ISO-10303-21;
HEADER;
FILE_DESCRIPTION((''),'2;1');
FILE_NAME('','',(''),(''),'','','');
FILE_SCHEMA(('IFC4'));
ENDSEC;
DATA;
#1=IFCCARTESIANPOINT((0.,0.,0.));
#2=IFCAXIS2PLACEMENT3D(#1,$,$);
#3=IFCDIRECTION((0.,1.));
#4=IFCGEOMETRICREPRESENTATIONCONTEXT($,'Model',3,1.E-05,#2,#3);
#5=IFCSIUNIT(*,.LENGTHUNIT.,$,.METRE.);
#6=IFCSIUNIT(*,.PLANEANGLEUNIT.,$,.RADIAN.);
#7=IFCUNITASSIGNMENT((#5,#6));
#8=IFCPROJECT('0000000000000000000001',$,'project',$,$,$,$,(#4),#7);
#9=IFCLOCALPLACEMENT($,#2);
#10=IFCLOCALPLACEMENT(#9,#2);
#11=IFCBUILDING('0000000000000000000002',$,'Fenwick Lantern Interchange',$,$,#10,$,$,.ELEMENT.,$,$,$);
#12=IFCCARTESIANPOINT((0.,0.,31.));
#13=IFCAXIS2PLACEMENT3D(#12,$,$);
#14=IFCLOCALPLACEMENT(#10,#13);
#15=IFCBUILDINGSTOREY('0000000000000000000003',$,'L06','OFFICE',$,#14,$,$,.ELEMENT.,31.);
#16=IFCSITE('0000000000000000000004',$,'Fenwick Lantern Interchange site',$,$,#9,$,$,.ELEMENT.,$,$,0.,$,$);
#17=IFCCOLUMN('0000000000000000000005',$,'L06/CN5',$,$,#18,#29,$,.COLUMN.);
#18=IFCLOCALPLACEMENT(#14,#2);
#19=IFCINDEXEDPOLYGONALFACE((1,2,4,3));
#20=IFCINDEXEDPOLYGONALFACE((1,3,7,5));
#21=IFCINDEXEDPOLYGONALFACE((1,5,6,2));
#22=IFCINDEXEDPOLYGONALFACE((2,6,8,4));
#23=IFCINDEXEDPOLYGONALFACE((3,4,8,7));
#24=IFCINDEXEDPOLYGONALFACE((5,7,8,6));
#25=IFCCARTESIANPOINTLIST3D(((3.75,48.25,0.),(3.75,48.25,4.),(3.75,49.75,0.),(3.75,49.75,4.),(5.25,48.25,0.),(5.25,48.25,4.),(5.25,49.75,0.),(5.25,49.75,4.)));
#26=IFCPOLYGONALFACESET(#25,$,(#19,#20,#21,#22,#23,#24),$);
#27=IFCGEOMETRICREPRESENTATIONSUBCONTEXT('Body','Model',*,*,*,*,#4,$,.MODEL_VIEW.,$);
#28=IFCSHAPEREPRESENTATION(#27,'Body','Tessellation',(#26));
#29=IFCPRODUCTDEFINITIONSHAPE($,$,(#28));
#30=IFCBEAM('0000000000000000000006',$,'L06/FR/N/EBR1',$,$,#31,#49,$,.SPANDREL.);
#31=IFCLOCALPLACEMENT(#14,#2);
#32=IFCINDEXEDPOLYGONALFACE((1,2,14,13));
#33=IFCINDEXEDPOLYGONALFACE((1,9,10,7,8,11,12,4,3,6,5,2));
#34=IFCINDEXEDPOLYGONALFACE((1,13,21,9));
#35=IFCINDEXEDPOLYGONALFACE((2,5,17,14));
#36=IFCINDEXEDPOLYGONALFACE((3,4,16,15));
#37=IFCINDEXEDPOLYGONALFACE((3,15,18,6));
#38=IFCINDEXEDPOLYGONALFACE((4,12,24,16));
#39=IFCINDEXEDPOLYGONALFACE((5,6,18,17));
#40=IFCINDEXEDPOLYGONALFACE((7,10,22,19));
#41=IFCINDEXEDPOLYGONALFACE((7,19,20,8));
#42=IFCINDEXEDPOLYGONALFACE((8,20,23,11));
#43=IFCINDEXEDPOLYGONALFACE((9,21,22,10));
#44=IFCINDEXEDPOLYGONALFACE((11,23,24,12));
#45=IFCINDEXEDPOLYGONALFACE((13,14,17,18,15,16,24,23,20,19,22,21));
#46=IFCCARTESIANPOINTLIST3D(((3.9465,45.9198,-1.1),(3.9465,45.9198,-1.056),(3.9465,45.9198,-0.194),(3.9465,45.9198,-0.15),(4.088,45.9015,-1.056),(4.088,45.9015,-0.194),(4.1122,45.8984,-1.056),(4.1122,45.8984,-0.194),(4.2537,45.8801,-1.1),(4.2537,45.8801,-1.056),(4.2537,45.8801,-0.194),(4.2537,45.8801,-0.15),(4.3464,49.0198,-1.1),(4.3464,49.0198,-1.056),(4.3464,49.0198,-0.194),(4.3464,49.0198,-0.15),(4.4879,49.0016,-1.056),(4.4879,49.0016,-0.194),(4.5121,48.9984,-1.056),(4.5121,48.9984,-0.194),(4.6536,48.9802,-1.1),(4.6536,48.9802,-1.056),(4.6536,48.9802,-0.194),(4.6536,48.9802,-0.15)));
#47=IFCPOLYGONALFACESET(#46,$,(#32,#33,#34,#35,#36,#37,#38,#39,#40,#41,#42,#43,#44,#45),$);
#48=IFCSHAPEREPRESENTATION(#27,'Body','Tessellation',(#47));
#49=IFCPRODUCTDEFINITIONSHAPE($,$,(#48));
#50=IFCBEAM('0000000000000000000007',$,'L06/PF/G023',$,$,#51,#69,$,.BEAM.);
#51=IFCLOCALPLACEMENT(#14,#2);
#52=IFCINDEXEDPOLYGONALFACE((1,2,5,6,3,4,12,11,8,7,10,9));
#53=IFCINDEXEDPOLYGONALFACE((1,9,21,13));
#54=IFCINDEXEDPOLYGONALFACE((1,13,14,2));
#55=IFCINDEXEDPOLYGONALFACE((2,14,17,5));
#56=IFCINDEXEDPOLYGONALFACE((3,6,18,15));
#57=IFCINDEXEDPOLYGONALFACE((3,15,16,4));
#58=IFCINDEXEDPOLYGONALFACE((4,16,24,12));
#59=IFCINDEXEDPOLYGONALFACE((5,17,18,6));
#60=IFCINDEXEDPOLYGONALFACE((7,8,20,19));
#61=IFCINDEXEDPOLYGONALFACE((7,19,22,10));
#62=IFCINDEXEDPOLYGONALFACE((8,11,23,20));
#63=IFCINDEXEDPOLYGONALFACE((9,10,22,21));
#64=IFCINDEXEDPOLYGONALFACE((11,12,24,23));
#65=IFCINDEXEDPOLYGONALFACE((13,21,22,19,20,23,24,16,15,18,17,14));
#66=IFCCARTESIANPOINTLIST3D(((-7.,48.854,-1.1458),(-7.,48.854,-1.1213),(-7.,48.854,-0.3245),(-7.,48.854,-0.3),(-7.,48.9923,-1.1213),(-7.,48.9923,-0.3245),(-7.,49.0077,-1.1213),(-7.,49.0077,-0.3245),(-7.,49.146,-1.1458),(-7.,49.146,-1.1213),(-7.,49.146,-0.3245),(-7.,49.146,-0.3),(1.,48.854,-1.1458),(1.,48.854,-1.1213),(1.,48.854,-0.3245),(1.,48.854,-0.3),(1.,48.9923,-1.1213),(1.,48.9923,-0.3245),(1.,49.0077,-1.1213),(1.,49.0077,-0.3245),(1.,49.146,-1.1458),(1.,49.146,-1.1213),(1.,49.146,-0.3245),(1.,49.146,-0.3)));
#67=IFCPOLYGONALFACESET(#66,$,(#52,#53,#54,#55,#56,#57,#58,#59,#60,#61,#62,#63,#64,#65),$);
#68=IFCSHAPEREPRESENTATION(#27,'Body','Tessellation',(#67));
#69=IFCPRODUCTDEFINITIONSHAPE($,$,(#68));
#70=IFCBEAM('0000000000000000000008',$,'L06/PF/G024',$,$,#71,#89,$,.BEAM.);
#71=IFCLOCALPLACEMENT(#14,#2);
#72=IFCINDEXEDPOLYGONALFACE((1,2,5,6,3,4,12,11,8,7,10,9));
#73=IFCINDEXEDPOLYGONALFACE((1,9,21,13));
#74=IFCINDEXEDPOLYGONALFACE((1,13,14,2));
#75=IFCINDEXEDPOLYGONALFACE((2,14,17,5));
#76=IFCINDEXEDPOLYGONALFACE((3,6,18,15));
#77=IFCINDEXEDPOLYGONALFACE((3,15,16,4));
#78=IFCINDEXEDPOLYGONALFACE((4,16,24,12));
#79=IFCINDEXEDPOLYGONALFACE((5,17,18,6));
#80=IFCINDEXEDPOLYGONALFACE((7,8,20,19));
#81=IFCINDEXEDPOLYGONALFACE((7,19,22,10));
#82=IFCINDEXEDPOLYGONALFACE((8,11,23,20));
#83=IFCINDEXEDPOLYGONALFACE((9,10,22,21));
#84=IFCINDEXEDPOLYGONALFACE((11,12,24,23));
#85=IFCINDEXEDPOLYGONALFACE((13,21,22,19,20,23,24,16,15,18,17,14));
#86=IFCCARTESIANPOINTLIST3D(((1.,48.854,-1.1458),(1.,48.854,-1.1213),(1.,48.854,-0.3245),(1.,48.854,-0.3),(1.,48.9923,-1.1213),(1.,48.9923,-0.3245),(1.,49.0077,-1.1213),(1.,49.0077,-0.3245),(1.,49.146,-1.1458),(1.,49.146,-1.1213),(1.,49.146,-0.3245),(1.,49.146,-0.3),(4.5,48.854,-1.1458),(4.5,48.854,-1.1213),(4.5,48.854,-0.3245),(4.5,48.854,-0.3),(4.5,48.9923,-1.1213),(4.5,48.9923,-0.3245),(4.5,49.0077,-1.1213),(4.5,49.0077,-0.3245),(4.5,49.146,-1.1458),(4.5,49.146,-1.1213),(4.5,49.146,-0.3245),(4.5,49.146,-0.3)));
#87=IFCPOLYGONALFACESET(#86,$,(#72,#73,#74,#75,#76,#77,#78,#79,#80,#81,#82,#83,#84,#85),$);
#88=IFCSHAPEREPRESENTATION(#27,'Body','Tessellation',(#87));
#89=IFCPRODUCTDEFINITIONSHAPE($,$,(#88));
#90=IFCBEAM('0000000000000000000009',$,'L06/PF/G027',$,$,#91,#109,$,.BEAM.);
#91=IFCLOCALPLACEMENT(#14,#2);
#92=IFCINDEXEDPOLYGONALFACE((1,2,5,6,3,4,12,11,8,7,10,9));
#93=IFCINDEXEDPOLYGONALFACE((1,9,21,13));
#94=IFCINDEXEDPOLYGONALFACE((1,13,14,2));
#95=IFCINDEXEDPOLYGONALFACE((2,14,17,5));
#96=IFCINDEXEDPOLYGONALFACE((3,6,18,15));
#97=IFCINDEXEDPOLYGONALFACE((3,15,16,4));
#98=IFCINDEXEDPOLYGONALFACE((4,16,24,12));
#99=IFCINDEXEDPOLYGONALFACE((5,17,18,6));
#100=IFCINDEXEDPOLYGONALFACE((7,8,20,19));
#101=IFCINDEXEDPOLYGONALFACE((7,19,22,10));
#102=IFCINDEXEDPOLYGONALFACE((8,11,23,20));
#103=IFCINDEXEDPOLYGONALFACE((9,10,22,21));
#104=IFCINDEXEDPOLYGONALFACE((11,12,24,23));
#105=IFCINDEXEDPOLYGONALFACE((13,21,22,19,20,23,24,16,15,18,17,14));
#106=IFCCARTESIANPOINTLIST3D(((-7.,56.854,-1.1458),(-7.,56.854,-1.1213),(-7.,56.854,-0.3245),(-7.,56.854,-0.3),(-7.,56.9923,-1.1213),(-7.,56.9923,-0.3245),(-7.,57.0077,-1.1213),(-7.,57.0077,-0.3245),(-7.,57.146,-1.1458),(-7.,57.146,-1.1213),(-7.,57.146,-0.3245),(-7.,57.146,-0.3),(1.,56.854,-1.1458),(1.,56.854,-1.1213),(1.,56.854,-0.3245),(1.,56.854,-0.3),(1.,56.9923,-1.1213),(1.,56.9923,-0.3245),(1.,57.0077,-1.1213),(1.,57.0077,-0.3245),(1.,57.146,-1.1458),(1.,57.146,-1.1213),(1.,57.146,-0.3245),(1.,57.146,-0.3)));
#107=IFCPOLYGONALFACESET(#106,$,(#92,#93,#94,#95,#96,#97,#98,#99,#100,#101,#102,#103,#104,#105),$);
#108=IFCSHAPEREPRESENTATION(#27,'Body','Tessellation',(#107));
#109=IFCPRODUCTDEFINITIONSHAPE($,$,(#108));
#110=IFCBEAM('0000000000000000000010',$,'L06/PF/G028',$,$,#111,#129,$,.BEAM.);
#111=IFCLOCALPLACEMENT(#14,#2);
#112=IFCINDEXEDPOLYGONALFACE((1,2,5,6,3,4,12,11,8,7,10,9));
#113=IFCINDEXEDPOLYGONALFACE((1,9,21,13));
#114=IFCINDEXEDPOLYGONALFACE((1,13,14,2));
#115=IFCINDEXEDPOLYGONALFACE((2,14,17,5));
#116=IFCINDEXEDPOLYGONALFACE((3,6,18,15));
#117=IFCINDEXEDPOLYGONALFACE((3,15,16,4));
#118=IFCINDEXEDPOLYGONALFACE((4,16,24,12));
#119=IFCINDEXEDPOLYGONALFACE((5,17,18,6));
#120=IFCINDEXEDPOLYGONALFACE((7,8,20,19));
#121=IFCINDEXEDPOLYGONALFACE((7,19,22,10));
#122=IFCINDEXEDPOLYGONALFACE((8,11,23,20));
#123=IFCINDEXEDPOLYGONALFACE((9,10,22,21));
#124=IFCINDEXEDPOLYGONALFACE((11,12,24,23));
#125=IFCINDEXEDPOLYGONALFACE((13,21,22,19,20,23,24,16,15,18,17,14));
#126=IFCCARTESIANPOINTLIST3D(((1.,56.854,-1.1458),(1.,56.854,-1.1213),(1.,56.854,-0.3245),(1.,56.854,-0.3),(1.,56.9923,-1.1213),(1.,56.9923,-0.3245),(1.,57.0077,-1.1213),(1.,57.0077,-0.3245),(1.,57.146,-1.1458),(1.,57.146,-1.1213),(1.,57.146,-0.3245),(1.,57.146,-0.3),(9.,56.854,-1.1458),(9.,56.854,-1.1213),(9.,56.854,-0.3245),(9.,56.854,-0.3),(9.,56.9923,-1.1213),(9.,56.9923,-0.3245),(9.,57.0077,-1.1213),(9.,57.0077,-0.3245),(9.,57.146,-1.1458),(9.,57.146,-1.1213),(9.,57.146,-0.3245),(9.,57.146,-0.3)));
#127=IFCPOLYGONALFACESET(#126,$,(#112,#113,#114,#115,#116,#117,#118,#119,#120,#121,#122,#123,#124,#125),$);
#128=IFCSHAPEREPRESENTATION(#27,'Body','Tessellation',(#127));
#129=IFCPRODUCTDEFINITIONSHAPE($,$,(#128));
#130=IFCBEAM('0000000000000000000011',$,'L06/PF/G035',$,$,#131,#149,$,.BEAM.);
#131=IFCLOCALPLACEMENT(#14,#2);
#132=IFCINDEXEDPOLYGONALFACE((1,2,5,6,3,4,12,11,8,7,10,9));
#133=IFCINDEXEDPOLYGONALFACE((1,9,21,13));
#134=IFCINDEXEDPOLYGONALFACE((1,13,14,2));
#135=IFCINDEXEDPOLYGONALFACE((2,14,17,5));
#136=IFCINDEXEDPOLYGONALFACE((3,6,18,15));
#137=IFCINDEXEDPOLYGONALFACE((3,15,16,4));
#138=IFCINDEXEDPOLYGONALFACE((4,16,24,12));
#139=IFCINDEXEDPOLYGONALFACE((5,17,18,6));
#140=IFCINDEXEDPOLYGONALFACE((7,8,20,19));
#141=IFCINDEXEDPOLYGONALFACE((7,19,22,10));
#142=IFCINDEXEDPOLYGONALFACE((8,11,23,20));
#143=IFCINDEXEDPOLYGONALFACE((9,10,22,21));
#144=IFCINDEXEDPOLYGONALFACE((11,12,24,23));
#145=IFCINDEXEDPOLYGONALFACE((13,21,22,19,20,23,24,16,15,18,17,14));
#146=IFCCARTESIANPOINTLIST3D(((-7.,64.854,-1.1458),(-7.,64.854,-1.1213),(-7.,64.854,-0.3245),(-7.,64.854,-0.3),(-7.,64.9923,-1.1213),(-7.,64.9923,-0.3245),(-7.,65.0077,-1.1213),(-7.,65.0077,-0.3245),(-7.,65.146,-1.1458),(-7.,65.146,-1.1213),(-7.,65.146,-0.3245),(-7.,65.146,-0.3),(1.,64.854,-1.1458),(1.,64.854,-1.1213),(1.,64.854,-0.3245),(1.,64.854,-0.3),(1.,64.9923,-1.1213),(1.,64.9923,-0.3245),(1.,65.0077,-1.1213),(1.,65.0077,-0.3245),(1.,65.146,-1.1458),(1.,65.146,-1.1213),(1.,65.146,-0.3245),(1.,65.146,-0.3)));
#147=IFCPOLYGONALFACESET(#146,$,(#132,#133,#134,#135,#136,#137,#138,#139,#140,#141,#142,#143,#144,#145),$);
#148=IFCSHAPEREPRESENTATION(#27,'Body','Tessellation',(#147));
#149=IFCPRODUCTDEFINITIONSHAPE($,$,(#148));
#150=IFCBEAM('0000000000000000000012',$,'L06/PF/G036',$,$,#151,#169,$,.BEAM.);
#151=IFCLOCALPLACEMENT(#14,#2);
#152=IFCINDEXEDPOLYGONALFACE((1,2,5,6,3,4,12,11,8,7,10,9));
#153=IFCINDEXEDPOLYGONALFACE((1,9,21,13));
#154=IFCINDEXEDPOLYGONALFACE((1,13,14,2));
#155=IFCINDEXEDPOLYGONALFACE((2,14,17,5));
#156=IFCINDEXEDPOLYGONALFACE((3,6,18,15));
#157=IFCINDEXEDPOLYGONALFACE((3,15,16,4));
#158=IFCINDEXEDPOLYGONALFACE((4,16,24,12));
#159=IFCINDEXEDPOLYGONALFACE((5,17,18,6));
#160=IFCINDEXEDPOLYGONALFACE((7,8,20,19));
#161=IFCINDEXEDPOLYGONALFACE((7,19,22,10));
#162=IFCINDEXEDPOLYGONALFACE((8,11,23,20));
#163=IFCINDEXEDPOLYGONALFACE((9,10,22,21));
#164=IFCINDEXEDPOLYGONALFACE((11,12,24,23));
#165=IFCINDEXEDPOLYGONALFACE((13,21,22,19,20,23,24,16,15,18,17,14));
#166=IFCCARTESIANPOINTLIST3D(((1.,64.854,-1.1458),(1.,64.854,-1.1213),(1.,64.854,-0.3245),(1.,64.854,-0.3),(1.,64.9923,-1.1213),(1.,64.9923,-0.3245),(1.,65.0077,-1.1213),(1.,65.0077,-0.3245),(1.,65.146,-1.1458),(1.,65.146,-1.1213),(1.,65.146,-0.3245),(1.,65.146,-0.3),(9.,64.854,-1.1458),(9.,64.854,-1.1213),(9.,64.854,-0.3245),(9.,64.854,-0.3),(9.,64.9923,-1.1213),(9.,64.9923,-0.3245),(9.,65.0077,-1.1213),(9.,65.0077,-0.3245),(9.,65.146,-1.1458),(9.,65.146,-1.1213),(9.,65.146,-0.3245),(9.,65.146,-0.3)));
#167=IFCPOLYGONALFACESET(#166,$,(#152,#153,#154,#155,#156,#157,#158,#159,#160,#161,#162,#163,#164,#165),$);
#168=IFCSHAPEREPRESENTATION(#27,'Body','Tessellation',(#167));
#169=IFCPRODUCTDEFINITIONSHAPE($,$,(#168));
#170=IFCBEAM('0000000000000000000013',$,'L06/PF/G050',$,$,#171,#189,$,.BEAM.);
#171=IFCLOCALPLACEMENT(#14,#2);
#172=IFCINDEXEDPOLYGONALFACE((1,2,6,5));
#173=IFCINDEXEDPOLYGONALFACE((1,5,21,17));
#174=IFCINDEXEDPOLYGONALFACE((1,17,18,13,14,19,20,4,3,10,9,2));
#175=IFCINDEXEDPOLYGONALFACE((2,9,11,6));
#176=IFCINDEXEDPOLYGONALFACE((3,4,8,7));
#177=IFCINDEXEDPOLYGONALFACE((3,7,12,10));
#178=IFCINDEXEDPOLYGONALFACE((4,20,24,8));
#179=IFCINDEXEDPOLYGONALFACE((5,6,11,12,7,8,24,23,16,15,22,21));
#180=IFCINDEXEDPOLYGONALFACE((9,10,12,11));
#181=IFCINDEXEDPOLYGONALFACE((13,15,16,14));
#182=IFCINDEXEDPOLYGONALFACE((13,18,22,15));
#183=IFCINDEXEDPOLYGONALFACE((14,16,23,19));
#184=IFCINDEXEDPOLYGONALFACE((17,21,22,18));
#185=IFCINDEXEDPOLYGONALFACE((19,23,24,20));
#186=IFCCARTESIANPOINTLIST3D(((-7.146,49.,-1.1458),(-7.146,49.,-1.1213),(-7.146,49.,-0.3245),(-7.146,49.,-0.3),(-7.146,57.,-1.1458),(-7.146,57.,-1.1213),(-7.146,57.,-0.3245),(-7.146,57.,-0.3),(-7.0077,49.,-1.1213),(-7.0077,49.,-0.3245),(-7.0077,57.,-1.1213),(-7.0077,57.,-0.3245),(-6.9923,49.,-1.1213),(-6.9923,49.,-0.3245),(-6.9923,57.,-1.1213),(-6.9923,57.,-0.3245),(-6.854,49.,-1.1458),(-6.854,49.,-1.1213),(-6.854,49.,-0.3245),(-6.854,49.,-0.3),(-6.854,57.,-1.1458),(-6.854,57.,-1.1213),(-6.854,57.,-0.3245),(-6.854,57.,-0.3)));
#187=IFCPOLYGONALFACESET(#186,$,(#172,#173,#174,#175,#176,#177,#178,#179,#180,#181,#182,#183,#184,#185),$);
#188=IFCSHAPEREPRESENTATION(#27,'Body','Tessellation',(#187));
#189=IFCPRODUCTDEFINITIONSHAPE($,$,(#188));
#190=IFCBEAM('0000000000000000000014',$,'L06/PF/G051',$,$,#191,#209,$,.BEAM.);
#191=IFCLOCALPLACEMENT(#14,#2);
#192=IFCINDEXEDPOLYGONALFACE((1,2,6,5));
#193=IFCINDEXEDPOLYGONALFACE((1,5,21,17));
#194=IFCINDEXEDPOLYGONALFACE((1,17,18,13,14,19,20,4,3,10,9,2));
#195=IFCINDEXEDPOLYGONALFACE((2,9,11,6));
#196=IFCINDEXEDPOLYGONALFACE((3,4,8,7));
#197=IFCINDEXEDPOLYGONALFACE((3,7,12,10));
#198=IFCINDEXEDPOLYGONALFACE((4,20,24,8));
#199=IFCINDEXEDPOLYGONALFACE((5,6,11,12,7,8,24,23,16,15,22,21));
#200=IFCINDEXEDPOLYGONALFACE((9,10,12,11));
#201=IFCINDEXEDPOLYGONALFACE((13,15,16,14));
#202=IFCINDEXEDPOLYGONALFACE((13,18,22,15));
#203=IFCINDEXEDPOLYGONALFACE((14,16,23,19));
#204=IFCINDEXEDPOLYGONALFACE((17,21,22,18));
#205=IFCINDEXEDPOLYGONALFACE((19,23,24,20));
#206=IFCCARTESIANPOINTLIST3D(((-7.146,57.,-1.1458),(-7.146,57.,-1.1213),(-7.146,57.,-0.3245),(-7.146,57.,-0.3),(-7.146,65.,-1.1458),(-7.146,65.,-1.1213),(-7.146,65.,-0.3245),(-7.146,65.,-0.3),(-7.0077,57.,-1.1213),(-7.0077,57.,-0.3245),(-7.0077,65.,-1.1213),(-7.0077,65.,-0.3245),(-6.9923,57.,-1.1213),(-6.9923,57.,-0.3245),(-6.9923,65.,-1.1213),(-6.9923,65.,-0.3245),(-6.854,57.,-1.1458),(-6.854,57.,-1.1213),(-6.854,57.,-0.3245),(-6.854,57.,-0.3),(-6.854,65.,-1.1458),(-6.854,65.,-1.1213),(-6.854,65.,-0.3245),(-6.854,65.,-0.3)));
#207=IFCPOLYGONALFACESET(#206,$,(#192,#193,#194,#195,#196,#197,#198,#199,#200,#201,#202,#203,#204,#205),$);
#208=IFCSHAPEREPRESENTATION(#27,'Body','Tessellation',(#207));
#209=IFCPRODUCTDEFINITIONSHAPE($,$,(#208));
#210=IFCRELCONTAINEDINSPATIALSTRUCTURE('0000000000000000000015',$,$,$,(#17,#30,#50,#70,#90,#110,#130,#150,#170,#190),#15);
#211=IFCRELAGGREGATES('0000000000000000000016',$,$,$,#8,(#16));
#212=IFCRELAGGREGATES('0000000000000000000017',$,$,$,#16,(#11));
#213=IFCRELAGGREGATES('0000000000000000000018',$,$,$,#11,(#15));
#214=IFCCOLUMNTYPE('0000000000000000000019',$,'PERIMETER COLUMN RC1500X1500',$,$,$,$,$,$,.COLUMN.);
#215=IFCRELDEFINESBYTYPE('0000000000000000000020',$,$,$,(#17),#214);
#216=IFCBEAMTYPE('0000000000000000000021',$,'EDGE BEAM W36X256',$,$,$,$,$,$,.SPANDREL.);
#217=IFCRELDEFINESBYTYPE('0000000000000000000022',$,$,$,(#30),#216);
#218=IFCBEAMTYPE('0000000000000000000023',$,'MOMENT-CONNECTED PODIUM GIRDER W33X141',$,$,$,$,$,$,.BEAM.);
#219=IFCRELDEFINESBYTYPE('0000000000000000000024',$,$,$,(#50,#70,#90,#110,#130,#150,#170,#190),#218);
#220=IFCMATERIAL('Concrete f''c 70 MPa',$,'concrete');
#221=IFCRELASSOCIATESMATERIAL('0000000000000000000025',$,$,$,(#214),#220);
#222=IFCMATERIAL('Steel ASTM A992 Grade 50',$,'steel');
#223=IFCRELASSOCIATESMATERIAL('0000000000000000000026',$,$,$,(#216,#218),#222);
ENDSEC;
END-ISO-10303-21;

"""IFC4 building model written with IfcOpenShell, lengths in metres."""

from ifc_helpers import new_model, si_unit, direction, frame, origin, origin_2d, place, context, subcontext, project, spatial, rectangle, i_section, extrude, material, material_profile, profile_set, type_object, element, save


model = new_model("IFC4")

# Units and contexts
model_context = context("Model", 3, precision=1e-05, world=origin(), true_north=direction((0.0, 1.0)))
body_context = subcontext(model_context, "Body", "Model", "MODEL_VIEW")
ifc_project = project(units=[si_unit("LENGTHUNIT", "METRE"), si_unit("PLANEANGLEUNIT", "RADIAN")], contexts=[model_context])

# Site, building, storey
site_placement = place(None, origin())
site = spatial("IfcSite", under=ifc_project, at=site_placement, Name="Fenwick Lantern Interchange site", CompositionType="ELEMENT", RefElevation=0.0)
building_placement = place(site_placement, origin())
building = spatial("IfcBuilding", under=site, at=building_placement, Name="Fenwick Lantern Interchange", CompositionType="ELEMENT")
storey_placement = place(building_placement, frame((0.0, 0.0, 31.0)))
storey = spatial("IfcBuildingStorey", under=building, at=storey_placement, Name="L06", Description="OFFICE", CompositionType="ELEMENT", Elevation=31.0)

# Column
ifc_material_1 = material(Name="Concrete f'c 70 MPa", Category="concrete")
ifc_material_profile_1 = material_profile(ifc_material_1, rectangle(XDim=1.5, YDim=1.5, at=origin_2d()), Name="RC1500X1500")
ifc_profile_set_1 = profile_set([ifc_material_profile_1], Name="Concrete f'c 70 MPa")
column_type = type_object("IfcColumnType", Name="PERIMETER COLUMN RC1500X1500", PredefinedType="COLUMN", material=ifc_profile_set_1)
column_placement = place(storey_placement, frame((4.5, 49.0, 0.0), z_axis=(0.0, 0.0, 1.0), x_axis=(1.0, 0.0, 0.0)))
element("IfcColumn", 1, at=column_placement, inside=storey, type_object=column_type, Name="L06/CN5", PredefinedType="COLUMN", context=body_context, shape_type="SweptSolid", body=[
    extrude(rectangle(XDim=1.5, YDim=1.5, at=origin_2d()), origin(), (0.0, 0.0, 1.0), 4.0),
])

# Beams
ifc_material_2 = material(Name="Steel ASTM A992 Grade 50", Category="steel")
ifc_material_profile_2 = material_profile(ifc_material_2, i_section(OverallWidth=0.3098, OverallDepth=0.95, WebThickness=0.0244, FlangeThickness=0.0439, at=origin_2d()), Name="W36X256")
ifc_profile_set_2 = profile_set([ifc_material_profile_2], Name="Steel ASTM A992 Grade 50")
beam_type_1 = type_object("IfcBeamType", Name="EDGE BEAM W36X256", PredefinedType="SPANDREL", material=ifc_profile_set_2)
beam_1_placement = place(storey_placement, frame((4.5, 49.0, -0.625), z_axis=(-0.127937, -0.991782, 0.0), x_axis=(0.991782, -0.127937, 0.0)))
element("IfcBeam", 2, at=beam_1_placement, inside=storey, type_object=beam_type_1, Name="L06/FR/N/EBR1", PredefinedType="SPANDREL", context=body_context, shape_type="SweptSolid", body=[
    extrude(i_section(OverallWidth=0.3098, OverallDepth=0.95, WebThickness=0.0244, FlangeThickness=0.0439, at=origin_2d()), origin(), (0.0, 0.0, 1.0), 3.1257),
])
ifc_material_profile_3 = material_profile(ifc_material_2, i_section(OverallWidth=0.292, OverallDepth=0.8457, WebThickness=0.0154, FlangeThickness=0.0244, at=origin_2d()), Name="W33X141")
ifc_profile_set_3 = profile_set([ifc_material_profile_3], Name="Steel ASTM A992 Grade 50")
beam_type_2 = type_object("IfcBeamType", Name="MOMENT-CONNECTED PODIUM GIRDER W33X141", PredefinedType="BEAM", material=ifc_profile_set_3)
beam_2_placement = place(storey_placement, frame((-7.0, 49.0, -0.7229), z_axis=(1.0, 0.0, 0.0), x_axis=(0.0, 1.0, 0.0)))
element("IfcBeam", 3, at=beam_2_placement, inside=storey, type_object=beam_type_2, Name="L06/PF/G023", PredefinedType="BEAM", context=body_context, shape_type="SweptSolid", body=[
    extrude(i_section(OverallWidth=0.292, OverallDepth=0.8457, WebThickness=0.0154, FlangeThickness=0.0244, at=origin_2d()), origin(), (0.0, 0.0, 1.0), 8.0),
])
beam_3_placement = place(storey_placement, frame((1.0, 49.0, -0.7229), z_axis=(1.0, 0.0, 0.0), x_axis=(0.0, 1.0, 0.0)))
element("IfcBeam", 4, at=beam_3_placement, inside=storey, type_object=beam_type_2, Name="L06/PF/G024", PredefinedType="BEAM", context=body_context, shape_type="SweptSolid", body=[
    extrude(i_section(OverallWidth=0.292, OverallDepth=0.8457, WebThickness=0.0154, FlangeThickness=0.0244, at=origin_2d()), origin(), (0.0, 0.0, 1.0), 3.5),
])
for number, where, z_axis, x_axis, name in (
    (5, (-7.0, 57.0, -0.7229), (1.0, 0.0, 0.0), (0.0, 1.0, 0.0), "L06/PF/G027"),
    (6, (1.0, 57.0, -0.7229), (1.0, 0.0, 0.0), (0.0, 1.0, 0.0), "L06/PF/G028"),
    (7, (-7.0, 65.0, -0.7229), (1.0, 0.0, 0.0), (0.0, 1.0, 0.0), "L06/PF/G035"),
    (8, (1.0, 65.0, -0.7229), (1.0, 0.0, 0.0), (0.0, 1.0, 0.0), "L06/PF/G036"),
    (9, (-7.0, 49.0, -0.7229), (0.0, 1.0, 0.0), (-1.0, 0.0, 0.0), "L06/PF/G050"),
    (10, (-7.0, 57.0, -0.7229), (0.0, 1.0, 0.0), (-1.0, 0.0, 0.0), "L06/PF/G051"),
):
    element("IfcBeam", number, at=place(storey_placement, frame(where, z_axis=z_axis, x_axis=x_axis)), inside=storey, type_object=beam_type_2, Name=name, PredefinedType="BEAM", context=body_context, shape_type="SweptSolid", body=[
        extrude(i_section(OverallWidth=0.292, OverallDepth=0.8457, WebThickness=0.0154, FlangeThickness=0.0244, at=origin_2d()), origin(), (0.0, 0.0, 1.0), 8.0),
    ])

save(model, "model.ifc")
